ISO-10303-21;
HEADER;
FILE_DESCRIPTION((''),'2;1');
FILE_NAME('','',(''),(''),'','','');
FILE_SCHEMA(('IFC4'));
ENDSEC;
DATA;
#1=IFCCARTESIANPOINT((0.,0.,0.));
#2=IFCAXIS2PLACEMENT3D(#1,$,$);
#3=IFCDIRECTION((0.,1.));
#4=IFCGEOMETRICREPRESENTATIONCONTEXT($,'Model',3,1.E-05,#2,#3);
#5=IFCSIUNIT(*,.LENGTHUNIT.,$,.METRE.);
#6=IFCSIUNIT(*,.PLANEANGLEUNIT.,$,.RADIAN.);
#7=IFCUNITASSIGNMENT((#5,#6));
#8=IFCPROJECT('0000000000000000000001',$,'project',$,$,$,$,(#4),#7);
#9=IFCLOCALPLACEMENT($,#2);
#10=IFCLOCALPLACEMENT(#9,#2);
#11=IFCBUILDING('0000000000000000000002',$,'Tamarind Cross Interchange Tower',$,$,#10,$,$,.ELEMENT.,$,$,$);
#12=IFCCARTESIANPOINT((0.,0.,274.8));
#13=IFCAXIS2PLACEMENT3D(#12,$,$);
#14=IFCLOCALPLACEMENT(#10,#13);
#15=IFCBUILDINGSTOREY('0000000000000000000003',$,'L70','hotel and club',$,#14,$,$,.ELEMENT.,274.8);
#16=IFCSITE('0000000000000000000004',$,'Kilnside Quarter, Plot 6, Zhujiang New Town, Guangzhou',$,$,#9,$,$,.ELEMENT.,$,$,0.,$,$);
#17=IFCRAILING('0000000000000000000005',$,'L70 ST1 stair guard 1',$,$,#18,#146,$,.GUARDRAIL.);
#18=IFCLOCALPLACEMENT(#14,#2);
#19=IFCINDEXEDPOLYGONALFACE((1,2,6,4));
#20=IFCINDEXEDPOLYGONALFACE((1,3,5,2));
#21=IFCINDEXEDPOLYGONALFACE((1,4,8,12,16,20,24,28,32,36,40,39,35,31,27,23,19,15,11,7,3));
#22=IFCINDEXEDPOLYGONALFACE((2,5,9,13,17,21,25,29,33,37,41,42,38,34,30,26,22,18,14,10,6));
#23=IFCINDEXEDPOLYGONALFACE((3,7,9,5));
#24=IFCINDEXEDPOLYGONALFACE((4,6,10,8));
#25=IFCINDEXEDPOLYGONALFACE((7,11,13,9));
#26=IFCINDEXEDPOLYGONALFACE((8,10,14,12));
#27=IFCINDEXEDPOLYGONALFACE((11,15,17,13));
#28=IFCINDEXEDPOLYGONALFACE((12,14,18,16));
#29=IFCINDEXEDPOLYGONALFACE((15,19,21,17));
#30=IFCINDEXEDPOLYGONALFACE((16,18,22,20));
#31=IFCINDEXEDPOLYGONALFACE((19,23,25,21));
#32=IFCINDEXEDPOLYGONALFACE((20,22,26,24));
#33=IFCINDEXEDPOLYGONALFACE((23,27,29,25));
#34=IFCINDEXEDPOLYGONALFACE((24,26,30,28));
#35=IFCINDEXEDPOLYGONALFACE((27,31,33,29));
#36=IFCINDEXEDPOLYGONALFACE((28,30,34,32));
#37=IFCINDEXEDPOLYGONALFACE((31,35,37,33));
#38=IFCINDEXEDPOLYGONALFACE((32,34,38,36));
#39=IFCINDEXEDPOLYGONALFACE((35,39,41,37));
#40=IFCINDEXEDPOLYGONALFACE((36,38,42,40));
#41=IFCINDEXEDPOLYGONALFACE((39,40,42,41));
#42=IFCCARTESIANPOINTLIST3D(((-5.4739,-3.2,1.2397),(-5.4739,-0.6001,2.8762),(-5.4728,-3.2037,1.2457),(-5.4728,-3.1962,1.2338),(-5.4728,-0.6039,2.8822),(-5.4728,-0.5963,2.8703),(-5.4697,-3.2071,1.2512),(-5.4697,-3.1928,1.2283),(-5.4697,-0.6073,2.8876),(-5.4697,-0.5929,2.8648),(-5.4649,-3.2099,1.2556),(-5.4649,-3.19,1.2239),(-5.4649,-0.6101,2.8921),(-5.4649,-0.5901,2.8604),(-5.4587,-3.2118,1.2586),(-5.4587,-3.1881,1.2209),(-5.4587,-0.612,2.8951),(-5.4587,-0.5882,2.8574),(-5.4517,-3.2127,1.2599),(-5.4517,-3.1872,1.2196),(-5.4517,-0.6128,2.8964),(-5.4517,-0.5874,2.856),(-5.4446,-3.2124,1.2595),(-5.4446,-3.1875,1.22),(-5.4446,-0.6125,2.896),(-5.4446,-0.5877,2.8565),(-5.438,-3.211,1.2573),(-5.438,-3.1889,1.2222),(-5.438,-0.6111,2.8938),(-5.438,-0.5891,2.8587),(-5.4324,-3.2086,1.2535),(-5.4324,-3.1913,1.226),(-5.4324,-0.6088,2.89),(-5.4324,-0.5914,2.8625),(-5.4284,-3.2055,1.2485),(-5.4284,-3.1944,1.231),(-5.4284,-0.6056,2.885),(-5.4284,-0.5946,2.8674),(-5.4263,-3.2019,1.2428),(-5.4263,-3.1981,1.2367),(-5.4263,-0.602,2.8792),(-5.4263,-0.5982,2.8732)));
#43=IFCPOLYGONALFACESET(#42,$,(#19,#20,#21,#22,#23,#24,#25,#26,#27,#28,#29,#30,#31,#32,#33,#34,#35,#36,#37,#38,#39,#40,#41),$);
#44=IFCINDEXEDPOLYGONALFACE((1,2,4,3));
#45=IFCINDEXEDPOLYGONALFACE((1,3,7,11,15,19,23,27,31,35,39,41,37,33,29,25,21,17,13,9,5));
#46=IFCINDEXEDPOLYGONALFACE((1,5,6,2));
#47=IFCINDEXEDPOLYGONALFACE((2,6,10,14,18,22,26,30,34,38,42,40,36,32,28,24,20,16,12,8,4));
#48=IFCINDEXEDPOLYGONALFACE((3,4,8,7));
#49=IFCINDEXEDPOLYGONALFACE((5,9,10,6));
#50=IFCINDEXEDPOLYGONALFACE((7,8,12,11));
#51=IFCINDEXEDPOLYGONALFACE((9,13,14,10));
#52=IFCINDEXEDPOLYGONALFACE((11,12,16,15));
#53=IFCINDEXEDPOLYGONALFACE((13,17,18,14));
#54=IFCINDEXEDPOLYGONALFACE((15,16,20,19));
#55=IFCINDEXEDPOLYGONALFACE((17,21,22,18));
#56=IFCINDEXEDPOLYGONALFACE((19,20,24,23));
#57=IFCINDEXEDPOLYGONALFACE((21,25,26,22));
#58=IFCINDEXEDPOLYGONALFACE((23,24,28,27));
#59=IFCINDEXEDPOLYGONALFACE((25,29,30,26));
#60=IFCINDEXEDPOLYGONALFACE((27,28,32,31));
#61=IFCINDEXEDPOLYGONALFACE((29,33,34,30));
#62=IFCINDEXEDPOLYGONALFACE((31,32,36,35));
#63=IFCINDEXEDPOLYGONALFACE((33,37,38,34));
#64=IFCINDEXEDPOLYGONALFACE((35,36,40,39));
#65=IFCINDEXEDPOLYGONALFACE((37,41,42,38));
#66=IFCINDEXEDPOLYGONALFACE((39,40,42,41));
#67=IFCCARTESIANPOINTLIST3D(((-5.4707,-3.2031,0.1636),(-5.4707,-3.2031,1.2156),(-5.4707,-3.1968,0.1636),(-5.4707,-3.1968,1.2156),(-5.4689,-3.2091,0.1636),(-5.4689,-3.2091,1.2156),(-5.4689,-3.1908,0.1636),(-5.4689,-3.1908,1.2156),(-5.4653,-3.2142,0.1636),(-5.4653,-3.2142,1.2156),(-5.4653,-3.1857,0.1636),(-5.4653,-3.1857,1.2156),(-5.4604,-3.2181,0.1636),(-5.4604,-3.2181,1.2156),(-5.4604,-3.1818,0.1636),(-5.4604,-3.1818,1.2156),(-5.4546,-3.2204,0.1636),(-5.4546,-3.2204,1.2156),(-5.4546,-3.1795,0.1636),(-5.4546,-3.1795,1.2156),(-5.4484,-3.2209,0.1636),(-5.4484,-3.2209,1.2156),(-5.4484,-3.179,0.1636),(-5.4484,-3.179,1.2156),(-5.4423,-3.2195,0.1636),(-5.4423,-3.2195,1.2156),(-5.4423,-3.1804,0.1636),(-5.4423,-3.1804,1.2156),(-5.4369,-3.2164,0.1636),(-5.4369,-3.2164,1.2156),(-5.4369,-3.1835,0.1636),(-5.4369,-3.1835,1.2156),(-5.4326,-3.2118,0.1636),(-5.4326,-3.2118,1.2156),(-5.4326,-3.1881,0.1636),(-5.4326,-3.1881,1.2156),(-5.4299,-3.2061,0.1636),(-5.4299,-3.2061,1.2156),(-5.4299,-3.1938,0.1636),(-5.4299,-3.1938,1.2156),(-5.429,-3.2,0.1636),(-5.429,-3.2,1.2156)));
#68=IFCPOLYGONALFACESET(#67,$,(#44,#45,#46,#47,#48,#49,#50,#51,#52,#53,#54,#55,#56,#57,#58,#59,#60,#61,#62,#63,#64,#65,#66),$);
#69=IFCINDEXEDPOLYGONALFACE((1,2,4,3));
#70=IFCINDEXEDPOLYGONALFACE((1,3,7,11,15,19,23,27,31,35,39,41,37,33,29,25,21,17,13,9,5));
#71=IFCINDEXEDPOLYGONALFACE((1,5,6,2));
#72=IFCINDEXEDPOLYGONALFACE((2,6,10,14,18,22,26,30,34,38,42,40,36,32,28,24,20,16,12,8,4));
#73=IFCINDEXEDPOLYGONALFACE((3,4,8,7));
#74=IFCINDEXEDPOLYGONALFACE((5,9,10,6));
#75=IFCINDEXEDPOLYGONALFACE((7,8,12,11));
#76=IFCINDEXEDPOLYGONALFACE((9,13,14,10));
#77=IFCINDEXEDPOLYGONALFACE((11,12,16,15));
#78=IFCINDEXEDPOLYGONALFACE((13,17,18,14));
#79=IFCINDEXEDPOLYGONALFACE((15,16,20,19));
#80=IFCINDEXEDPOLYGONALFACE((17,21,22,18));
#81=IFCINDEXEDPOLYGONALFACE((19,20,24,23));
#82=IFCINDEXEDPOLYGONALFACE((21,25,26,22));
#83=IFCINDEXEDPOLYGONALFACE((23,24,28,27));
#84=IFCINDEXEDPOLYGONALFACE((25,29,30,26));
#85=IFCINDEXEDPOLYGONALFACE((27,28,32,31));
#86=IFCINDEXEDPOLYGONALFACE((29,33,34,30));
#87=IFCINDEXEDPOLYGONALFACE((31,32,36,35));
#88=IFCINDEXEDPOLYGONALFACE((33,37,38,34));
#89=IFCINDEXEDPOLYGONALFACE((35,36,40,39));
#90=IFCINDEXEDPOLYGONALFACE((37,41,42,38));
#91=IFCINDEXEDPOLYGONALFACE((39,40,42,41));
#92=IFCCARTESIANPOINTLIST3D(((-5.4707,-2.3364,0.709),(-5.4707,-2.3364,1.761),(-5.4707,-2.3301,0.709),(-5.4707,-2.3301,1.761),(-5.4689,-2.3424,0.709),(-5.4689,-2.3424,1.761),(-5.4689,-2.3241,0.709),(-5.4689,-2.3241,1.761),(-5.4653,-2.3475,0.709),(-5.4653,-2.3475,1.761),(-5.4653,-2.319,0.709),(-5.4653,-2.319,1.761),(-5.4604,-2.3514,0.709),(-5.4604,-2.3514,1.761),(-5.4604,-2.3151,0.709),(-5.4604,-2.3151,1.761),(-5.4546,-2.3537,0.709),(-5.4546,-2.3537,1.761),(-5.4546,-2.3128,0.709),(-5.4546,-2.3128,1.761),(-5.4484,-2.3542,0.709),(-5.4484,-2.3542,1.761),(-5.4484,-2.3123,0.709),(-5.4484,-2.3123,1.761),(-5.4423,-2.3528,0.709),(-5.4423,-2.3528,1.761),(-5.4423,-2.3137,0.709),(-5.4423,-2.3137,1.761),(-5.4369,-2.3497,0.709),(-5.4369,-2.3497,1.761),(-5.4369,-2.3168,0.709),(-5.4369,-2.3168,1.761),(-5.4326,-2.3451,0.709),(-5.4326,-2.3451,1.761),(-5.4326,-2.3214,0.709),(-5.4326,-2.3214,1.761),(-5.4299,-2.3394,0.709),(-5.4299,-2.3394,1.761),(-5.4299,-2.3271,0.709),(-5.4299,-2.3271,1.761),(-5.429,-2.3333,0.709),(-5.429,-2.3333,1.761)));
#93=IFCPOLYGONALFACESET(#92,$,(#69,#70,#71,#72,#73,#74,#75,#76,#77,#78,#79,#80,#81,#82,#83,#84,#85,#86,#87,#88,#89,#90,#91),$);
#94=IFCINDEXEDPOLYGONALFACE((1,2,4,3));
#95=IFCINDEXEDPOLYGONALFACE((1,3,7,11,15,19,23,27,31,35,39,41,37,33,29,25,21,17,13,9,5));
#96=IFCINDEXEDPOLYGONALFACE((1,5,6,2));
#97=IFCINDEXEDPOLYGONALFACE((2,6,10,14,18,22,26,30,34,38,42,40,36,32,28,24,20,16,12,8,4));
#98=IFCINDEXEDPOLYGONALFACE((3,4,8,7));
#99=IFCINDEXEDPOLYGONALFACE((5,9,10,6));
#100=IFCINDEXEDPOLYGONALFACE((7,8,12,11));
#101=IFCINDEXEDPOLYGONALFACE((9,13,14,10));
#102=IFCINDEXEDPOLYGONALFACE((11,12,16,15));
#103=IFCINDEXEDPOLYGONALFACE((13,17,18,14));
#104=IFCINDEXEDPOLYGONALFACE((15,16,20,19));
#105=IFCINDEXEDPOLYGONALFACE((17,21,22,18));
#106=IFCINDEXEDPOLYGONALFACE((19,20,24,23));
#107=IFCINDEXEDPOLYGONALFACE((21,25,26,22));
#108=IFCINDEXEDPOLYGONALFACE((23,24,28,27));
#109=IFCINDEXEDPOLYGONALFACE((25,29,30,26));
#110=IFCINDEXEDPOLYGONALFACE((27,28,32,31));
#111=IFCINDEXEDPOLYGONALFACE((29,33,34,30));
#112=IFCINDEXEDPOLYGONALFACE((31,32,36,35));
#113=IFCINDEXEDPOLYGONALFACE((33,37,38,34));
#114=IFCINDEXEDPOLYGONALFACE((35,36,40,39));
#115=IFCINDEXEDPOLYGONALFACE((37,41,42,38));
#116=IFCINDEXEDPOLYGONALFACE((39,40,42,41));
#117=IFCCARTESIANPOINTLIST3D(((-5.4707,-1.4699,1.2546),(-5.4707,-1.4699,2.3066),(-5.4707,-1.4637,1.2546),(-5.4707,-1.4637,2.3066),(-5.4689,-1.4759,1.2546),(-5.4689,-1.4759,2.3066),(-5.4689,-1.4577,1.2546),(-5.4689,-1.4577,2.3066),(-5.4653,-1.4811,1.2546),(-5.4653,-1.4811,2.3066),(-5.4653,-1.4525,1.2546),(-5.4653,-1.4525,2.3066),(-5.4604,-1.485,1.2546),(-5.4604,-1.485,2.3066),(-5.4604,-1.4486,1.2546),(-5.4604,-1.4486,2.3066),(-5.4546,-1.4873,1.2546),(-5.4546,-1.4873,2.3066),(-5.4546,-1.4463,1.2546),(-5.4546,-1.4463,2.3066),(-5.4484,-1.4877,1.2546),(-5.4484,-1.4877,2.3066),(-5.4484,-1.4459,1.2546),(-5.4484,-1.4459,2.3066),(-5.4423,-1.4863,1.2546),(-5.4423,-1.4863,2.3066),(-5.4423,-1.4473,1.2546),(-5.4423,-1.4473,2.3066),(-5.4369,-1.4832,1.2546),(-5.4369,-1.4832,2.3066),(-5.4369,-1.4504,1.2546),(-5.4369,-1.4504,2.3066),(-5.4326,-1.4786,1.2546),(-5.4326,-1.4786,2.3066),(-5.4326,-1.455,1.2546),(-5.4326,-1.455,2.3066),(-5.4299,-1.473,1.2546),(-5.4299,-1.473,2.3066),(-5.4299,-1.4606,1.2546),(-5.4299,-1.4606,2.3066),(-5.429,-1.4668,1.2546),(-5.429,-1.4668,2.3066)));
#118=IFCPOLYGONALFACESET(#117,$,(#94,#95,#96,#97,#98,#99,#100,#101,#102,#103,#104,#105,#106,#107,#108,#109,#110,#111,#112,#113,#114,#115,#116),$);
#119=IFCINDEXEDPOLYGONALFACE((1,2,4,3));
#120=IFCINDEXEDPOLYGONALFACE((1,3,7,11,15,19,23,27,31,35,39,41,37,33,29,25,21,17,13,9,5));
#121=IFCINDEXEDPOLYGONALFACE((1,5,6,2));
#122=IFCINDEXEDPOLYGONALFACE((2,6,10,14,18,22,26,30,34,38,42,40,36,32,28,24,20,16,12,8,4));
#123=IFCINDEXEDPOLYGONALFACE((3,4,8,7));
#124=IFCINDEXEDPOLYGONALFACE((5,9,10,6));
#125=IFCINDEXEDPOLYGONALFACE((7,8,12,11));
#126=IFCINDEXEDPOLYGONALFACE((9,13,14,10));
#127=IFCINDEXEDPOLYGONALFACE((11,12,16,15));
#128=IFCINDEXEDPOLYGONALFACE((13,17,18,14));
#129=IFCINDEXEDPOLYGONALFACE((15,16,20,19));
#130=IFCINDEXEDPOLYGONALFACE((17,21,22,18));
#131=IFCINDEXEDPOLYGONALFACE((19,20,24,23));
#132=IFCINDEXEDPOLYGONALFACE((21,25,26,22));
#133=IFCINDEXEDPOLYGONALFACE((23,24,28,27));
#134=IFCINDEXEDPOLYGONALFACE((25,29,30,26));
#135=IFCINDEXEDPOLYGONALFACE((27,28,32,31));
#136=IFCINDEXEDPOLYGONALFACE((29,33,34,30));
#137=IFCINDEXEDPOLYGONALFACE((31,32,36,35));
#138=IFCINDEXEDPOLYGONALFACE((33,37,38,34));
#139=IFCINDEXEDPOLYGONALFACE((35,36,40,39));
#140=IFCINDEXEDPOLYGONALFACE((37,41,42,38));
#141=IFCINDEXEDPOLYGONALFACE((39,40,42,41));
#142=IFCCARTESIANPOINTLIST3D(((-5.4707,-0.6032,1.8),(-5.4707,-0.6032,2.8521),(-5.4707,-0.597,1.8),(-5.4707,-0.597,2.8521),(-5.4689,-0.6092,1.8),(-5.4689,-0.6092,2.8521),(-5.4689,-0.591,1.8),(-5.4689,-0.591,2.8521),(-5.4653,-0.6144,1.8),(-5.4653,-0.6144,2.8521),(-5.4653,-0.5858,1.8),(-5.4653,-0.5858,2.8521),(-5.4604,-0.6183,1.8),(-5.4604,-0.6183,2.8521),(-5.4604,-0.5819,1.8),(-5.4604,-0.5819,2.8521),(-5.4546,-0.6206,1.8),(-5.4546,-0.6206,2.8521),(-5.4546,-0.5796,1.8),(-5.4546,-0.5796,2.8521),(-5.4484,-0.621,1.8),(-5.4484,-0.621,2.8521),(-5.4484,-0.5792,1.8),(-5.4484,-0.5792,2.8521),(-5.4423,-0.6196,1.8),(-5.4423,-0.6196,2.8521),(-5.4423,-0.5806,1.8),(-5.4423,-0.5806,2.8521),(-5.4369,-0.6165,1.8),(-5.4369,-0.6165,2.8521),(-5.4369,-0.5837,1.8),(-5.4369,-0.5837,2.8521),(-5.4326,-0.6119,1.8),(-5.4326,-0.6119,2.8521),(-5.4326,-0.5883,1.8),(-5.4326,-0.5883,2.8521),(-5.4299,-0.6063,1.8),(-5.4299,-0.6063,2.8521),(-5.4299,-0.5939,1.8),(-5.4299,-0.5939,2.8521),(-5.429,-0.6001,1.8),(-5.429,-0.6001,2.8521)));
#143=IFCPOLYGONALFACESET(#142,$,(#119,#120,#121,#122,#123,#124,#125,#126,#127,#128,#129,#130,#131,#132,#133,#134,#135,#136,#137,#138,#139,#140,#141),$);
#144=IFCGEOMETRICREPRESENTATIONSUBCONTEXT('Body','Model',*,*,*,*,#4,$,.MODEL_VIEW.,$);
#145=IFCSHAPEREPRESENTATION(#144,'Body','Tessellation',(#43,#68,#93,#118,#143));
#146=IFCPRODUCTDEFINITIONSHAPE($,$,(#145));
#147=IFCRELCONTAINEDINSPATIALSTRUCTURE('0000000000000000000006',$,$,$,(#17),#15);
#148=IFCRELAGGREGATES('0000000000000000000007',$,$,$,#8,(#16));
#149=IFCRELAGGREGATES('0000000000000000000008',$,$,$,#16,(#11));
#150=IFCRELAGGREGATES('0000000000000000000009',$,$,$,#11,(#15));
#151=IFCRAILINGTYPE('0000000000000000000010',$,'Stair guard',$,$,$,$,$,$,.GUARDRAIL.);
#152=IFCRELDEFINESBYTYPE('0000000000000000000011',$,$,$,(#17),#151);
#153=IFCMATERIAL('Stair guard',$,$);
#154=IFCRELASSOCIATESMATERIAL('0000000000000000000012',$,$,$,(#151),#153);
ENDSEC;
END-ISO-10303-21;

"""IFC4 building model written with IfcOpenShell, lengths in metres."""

from ifc_helpers import new_model, si_unit, direction, frame, origin, origin_2d, place, context, subcontext, project, spatial, circle, extrude, material, type_object, element, save


model = new_model("IFC4")

# Units and contexts
model_context = context("Model", 3, precision=1e-05, world=origin(), true_north=direction((0.0, 1.0)))
body_context = subcontext(model_context, "Body", "Model", "MODEL_VIEW")
ifc_project = project(units=[si_unit("LENGTHUNIT", "METRE"), si_unit("PLANEANGLEUNIT", "RADIAN")], contexts=[model_context])

# Site, building, storey
site_placement = place(None, origin())
site = spatial("IfcSite", under=ifc_project, at=site_placement, Name="Kilnside Quarter, Plot 6, Zhujiang New Town, Guangzhou", CompositionType="ELEMENT", RefElevation=0.0)
building_placement = place(site_placement, origin())
building = spatial("IfcBuilding", under=site, at=building_placement, Name="Tamarind Cross Interchange Tower", CompositionType="ELEMENT")
storey_placement = place(building_placement, frame((0.0, 0.0, 274.8)))
storey = spatial("IfcBuildingStorey", under=building, at=storey_placement, Name="L70", Description="hotel and club", CompositionType="ELEMENT", Elevation=274.8)

# Railing
ifc_material_1 = material(Name="Stair guard")
railing_type_1 = type_object("IfcRailingType", Name="Stair guard", PredefinedType="GUARDRAIL", material=ifc_material_1)
railing_1_placement = place(storey_placement, frame((-5.45, -3.2, 0.1636)))
element("IfcRailing", 1, at=railing_1_placement, inside=storey, type_object=railing_type_1, Name="L70 ST1 stair guard 1", PredefinedType="GUARDRAIL", context=body_context, shape_type="SweptSolid", body=[
    extrude(circle(Radius=0.0239, at=origin_2d()), frame((0.0, 0.0, 1.0762), z_axis=(0.0, 0.846302, 0.532704), x_axis=(-1.0, 0.0, 0.0)), (0.0, 0.0, 1.0), 3.072),
    extrude(circle(Radius=0.021, at=origin_2d()), origin(), (0.0, 0.0, 1.0), 1.052),
    extrude(circle(Radius=0.021, at=origin_2d()), frame((0.0, 0.8667, 0.5454)), (0.0, 0.0, 1.0), 1.052),
    extrude(circle(Radius=0.021, at=origin_2d()), frame((0.0, 1.7332, 1.0911)), (0.0, 0.0, 1.0), 1.052),
    extrude(circle(Radius=0.021, at=origin_2d()), frame((0.0, 2.5999, 1.6365)), (0.0, 0.0, 1.0), 1.052),
])

save(model, "model.ifc")
